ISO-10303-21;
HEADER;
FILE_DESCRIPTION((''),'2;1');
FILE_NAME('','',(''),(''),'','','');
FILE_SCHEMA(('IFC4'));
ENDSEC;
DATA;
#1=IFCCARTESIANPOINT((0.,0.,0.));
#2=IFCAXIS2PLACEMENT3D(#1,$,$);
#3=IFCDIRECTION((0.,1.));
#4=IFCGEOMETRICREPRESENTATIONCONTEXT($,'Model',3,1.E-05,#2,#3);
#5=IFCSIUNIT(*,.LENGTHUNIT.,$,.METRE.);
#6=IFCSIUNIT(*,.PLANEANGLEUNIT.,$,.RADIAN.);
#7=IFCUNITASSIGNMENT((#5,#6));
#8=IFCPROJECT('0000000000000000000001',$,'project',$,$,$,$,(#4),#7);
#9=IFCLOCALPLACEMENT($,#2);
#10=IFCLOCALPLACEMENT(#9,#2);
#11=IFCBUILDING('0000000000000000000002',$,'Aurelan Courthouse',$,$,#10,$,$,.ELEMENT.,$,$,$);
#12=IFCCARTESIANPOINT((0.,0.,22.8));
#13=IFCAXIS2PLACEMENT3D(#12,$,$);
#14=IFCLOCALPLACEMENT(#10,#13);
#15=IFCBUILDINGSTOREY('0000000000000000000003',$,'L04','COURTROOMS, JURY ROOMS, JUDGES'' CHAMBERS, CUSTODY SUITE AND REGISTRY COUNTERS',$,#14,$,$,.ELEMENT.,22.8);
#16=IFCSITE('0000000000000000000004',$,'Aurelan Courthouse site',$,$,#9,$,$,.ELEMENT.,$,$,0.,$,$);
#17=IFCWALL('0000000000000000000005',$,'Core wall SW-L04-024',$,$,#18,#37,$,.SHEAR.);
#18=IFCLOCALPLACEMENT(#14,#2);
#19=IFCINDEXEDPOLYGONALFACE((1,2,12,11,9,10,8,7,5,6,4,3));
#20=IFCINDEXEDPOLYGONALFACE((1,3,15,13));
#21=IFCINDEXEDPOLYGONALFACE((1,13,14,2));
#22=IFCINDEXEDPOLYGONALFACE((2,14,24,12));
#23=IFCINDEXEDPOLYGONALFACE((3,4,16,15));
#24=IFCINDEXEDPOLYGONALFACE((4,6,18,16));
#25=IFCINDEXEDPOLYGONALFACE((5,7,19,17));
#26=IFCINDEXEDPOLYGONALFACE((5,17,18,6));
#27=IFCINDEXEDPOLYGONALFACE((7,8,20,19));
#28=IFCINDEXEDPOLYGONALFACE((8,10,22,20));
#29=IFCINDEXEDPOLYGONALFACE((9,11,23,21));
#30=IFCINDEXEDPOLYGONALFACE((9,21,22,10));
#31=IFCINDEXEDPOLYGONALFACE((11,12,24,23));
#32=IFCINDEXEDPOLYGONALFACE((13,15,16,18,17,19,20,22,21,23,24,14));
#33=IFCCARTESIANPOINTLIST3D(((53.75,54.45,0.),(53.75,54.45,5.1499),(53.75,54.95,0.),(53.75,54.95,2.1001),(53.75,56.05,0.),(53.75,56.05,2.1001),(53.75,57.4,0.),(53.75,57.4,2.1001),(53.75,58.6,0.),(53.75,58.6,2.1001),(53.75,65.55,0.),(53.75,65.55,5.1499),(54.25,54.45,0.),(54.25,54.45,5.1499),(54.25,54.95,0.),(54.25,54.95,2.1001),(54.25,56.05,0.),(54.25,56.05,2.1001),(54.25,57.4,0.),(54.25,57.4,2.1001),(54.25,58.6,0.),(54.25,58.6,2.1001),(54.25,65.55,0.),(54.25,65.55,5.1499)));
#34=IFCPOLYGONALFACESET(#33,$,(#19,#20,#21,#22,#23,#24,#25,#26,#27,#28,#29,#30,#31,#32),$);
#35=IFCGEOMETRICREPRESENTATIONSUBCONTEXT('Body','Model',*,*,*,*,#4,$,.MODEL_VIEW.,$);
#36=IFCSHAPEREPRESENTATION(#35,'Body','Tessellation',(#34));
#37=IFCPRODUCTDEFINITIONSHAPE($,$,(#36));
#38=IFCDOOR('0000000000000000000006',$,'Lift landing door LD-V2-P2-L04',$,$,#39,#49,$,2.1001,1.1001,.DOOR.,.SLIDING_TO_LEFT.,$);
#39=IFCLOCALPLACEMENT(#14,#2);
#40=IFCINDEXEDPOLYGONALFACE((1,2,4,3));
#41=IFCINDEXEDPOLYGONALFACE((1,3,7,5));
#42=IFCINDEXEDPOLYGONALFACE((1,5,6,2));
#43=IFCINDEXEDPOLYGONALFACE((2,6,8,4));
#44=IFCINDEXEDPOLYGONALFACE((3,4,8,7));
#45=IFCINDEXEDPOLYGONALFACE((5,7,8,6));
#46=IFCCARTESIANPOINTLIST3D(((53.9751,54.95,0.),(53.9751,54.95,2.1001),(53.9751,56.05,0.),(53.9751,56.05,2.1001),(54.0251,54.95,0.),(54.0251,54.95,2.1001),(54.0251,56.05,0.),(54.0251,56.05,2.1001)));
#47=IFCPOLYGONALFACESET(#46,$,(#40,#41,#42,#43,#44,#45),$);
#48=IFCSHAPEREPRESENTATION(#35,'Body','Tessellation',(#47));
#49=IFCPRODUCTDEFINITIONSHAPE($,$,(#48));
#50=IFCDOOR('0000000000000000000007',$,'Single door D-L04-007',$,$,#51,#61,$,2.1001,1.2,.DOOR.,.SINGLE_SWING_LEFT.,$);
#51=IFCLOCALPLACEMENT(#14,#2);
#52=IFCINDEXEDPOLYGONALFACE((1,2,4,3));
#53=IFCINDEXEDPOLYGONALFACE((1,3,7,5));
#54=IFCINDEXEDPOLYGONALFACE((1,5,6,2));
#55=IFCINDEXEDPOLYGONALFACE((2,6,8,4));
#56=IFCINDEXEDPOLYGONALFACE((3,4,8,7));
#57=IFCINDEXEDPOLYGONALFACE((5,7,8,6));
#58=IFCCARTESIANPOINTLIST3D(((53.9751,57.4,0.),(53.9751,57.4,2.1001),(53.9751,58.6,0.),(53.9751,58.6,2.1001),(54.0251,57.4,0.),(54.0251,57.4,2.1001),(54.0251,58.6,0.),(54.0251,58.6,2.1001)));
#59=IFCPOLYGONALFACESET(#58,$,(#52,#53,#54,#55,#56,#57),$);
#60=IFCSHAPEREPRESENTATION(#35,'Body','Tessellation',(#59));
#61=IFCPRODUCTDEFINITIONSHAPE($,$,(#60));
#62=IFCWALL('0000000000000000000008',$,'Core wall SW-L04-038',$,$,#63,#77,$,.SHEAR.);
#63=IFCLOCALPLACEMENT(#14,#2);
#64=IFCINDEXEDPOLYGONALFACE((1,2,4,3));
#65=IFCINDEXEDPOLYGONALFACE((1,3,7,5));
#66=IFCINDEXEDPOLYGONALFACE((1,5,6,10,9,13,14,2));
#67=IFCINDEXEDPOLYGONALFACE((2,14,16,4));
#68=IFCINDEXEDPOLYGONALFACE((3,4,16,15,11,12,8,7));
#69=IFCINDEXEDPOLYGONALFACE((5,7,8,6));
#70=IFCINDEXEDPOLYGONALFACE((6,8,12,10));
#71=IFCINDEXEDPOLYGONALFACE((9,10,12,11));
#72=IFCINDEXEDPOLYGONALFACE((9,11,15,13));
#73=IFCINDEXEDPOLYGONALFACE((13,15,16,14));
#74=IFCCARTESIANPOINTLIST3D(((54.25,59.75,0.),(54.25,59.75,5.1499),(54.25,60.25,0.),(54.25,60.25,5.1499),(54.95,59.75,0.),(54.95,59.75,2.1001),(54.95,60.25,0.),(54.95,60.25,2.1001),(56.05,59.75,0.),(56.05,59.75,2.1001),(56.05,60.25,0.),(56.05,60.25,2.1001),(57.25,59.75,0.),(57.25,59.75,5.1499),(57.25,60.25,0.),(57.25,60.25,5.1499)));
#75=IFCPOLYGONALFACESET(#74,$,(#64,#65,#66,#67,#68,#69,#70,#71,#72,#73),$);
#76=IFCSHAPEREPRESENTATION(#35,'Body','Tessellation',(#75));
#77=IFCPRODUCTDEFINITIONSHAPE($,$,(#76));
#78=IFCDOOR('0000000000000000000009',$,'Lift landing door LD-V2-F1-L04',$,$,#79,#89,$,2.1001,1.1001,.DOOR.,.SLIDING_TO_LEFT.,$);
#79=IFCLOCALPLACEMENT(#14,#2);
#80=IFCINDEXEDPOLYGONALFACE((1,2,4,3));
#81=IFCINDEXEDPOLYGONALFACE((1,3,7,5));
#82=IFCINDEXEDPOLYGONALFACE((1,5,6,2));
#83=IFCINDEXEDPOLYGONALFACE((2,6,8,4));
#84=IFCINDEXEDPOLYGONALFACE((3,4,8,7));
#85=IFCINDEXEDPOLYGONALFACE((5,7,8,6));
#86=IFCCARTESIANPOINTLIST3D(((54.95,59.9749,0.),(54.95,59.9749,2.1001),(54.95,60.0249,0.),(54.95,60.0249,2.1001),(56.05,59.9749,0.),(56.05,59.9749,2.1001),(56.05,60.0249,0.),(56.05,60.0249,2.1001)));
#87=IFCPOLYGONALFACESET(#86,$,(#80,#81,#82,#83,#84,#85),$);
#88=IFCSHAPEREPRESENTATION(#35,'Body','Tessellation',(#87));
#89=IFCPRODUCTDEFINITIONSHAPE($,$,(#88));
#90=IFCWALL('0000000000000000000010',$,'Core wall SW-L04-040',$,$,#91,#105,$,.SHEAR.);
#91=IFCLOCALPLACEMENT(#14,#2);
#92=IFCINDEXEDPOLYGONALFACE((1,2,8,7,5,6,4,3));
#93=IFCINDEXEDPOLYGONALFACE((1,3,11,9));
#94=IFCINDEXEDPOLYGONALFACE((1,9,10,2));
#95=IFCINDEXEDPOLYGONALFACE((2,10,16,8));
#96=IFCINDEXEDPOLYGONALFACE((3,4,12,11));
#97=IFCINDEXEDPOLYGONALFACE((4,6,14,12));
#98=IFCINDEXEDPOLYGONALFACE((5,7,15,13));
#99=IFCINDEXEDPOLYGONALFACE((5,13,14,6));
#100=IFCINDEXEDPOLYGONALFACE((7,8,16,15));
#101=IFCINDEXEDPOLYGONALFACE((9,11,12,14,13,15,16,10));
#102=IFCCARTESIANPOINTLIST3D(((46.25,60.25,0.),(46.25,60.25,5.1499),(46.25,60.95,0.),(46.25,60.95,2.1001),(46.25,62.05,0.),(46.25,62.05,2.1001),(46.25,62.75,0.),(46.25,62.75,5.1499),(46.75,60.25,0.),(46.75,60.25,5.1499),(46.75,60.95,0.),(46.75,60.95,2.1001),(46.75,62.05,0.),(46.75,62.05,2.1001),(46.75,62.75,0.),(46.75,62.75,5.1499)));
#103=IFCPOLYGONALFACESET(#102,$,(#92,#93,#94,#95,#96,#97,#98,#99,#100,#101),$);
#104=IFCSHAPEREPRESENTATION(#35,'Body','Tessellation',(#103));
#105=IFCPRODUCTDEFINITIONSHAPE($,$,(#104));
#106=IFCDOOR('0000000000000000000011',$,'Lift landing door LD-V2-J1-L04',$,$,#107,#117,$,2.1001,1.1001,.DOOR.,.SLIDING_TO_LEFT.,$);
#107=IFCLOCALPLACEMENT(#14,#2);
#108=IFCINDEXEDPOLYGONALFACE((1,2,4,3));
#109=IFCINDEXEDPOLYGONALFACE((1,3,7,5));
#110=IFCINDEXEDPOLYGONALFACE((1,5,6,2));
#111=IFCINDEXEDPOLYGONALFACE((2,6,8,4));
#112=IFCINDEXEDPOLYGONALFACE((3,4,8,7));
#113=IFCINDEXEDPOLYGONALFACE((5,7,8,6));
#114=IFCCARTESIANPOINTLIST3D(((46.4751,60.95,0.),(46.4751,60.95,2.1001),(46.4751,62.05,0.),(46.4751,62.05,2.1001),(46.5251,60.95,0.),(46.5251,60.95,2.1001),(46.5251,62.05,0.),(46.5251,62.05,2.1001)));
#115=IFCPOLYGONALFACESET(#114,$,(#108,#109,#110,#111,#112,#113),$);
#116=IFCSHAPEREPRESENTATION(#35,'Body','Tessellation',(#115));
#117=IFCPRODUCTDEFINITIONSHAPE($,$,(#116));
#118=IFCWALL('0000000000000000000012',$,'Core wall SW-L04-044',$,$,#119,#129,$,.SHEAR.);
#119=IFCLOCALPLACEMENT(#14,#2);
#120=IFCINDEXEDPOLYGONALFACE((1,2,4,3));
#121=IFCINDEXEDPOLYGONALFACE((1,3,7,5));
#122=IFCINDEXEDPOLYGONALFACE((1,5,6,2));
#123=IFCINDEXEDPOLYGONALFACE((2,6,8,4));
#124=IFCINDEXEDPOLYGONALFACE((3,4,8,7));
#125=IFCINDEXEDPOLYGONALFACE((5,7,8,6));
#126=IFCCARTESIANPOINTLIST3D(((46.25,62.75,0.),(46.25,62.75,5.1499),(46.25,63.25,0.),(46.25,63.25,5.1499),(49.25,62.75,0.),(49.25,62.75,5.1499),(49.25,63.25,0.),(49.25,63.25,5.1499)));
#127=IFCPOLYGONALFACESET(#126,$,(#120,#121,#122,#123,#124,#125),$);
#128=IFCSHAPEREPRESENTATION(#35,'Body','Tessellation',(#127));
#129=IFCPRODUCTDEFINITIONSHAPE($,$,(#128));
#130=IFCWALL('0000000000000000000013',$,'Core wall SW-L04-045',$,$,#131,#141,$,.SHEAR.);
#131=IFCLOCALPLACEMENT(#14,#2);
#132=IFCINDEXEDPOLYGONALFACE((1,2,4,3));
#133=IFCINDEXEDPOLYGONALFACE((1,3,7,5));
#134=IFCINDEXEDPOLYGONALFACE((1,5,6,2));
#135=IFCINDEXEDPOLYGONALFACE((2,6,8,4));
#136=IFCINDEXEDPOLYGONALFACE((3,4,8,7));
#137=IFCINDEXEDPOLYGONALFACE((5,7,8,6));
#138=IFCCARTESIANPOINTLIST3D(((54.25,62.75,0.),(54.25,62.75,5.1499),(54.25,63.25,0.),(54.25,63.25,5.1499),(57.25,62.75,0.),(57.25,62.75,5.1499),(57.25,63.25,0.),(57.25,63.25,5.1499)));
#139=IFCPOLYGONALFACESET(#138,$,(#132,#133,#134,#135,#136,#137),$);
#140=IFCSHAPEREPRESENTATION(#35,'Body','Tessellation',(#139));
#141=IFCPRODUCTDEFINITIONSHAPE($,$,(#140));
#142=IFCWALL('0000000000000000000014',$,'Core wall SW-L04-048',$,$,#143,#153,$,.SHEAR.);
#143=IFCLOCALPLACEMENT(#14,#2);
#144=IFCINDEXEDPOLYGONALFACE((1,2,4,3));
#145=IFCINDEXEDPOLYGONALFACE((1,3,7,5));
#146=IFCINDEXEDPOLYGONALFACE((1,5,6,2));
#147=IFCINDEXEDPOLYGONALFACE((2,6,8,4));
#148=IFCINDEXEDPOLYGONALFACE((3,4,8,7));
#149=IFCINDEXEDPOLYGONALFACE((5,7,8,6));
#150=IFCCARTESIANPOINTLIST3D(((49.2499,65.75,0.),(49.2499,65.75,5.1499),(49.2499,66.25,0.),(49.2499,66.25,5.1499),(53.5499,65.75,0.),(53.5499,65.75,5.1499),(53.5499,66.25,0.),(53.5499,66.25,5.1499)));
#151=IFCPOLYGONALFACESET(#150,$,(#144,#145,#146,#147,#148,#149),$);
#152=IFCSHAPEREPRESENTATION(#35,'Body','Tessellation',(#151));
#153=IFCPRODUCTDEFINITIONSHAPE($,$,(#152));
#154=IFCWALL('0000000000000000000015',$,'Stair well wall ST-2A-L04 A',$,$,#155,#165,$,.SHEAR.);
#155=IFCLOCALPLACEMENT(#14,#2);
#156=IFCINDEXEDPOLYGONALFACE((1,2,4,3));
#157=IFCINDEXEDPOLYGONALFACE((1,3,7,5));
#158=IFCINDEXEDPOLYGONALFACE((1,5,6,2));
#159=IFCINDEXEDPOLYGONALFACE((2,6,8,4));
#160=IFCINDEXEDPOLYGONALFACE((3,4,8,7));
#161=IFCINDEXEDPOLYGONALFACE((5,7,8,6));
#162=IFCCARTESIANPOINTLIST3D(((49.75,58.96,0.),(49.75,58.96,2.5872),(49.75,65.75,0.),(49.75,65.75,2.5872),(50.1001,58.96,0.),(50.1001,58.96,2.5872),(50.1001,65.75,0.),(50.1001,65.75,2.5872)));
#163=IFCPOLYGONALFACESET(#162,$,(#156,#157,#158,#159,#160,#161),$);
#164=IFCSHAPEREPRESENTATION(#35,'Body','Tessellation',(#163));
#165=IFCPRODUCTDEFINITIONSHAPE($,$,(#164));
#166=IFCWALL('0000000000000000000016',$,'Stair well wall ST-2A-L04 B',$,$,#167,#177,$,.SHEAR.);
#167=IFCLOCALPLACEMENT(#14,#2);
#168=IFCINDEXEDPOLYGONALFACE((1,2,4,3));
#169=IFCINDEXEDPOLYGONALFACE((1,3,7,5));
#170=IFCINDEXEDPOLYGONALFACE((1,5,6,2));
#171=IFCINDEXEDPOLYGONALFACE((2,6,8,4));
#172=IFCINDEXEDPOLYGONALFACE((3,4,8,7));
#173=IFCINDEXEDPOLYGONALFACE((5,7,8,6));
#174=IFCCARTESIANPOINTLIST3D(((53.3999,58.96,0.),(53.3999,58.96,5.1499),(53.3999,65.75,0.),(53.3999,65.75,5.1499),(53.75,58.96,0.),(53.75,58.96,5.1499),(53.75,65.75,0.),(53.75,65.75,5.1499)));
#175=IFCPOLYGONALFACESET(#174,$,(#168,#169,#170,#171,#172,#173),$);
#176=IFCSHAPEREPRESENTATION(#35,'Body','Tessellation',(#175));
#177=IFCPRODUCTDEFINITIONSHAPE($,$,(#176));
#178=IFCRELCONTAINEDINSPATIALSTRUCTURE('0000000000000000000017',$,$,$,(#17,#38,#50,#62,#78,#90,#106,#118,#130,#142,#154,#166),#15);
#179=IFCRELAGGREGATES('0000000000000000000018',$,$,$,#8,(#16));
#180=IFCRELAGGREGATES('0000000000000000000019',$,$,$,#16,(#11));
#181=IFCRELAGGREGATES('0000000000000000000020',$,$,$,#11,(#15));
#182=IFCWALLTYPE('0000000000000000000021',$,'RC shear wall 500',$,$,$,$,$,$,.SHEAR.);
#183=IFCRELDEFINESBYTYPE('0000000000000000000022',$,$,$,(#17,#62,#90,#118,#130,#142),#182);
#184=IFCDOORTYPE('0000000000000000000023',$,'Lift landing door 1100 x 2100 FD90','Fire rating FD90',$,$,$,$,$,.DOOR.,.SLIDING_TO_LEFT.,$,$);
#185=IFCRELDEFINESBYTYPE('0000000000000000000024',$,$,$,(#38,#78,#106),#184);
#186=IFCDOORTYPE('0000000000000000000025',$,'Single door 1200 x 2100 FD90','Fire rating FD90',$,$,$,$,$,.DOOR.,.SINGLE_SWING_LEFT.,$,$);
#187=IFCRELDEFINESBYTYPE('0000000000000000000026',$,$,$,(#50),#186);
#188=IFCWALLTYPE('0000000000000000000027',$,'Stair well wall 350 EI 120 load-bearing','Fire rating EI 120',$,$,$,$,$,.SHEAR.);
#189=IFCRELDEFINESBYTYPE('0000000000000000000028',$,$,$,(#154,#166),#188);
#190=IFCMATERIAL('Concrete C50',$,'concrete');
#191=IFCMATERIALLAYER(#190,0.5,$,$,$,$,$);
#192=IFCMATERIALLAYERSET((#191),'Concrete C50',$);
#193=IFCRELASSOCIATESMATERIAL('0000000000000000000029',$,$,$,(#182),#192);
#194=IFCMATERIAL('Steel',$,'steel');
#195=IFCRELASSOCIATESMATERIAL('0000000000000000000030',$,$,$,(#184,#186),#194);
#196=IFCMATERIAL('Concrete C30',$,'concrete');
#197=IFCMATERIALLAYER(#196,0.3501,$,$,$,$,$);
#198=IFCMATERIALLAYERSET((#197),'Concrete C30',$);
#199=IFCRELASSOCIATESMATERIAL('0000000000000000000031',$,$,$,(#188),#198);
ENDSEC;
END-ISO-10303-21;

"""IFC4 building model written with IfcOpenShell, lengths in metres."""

from ifc_helpers import new_model, si_unit, direction, frame, frame_2d, origin, place, context, subcontext, project, spatial, rectangle, extrude, material, layer, layer_set, type_object, element, fill, save


model = new_model("IFC4")

# Units and contexts
model_context = context("Model", 3, precision=1e-05, world=origin(), true_north=direction((0.0, 1.0)))
body_context = subcontext(model_context, "Body", "Model", "MODEL_VIEW")
ifc_project = project(units=[si_unit("LENGTHUNIT", "METRE"), si_unit("PLANEANGLEUNIT", "RADIAN")], contexts=[model_context])

# Site, building, storey
site_placement = place(None, origin())
site = spatial("IfcSite", under=ifc_project, at=site_placement, Name="Aurelan Courthouse site", CompositionType="ELEMENT", RefElevation=0.0)
building_placement = place(site_placement, origin())
building = spatial("IfcBuilding", under=site, at=building_placement, Name="Aurelan Courthouse", CompositionType="ELEMENT")
storey_placement = place(building_placement, frame((0.0, 0.0, 22.8)))
storey = spatial("IfcBuildingStorey", under=building, at=storey_placement, Name="L04", Description="COURTROOMS, JURY ROOMS, JUDGES' CHAMBERS, CUSTODY SUITE AND REGISTRY COUNTERS", CompositionType="ELEMENT", Elevation=22.8)

# Shared definitions
ifc_material_1 = material(Name="Concrete C50", Category="concrete")

# Shared definitions
ifc_material_2 = material(Name="Steel", Category="steel")

# Shared definitions
ifc_layer_1 = layer(ifc_material_1, 0.5)
ifc_layer_set_1 = layer_set([ifc_layer_1], Name="Concrete C50")
wall_type_1 = type_object("IfcWallType", Name="RC shear wall 500", PredefinedType="SHEAR", material=ifc_layer_set_1)

# Wall, openings, doors
door_type_1 = type_object("IfcDoorType", Name="Lift landing door 1100 x 2100 FD90", Description="Fire rating FD90", OperationType="SLIDING_TO_LEFT", PredefinedType="DOOR", material=ifc_material_2)
door_type_2 = type_object("IfcDoorType", Name="Single door 1200 x 2100 FD90", Description="Fire rating FD90", OperationType="SINGLE_SWING_LEFT", PredefinedType="DOOR", material=ifc_material_2)
wall_1_placement = place(storey_placement, frame((54.0, 54.45, 0.0), z_axis=(0.0, 0.0, 1.0), x_axis=(0.0, 1.0, 0.0)))
wall_1 = element("IfcWall", 1, at=wall_1_placement, inside=storey, type_object=wall_type_1, Name="Core wall SW-L04-024", PredefinedType="SHEAR", context=body_context, shape_type="SweptSolid", body=[
    extrude(rectangle(XDim=11.1001, YDim=0.5, at=frame_2d((5.55, 0.0))), origin(), (0.0, 0.0, 1.0), 5.1499),
])
opening_1_placement = place(wall_1_placement, frame((0.5, 0.0, 0.0)))
opening_1 = element("IfcOpeningElement", 2, at=opening_1_placement, cuts=wall_1, PredefinedType="OPENING", context=body_context, shape_type="SweptSolid", body=[
    extrude(rectangle(XDim=1.1001, YDim=2.1001, at=frame_2d((0.55, 1.05))), frame((0.0, 0.26, 0.0), z_axis=(0.0, -1.0, 0.0), x_axis=(1.0, 0.0, 0.0)), (0.0, 0.0, 1.0), 0.52),
])
opening_2_placement = place(wall_1_placement, frame((2.95, 0.0, 0.0)))
opening_2 = element("IfcOpeningElement", 3, at=opening_2_placement, cuts=wall_1, PredefinedType="OPENING", context=body_context, shape_type="SweptSolid", body=[
    extrude(rectangle(XDim=1.2, YDim=2.1001, at=frame_2d((0.6001, 1.05))), frame((0.0, 0.26, 0.0), z_axis=(0.0, -1.0, 0.0), x_axis=(1.0, 0.0, 0.0)), (0.0, 0.0, 1.0), 0.52),
])
door_1_placement = place(opening_1_placement, origin())
door_1 = element("IfcDoor", 4, at=door_1_placement, inside=storey, type_object=door_type_1, Name="Lift landing door LD-V2-P2-L04", OperationType="SLIDING_TO_LEFT", OverallHeight=2.1001, OverallWidth=1.1001, PredefinedType="DOOR", context=body_context, shape_type="SweptSolid", body=[
    extrude(rectangle(XDim=1.1001, YDim=2.1001, at=frame_2d((0.55, 1.05))), frame((0.0, 0.0249, 0.0), z_axis=(0.0, -1.0, 0.0), x_axis=(1.0, 0.0, 0.0)), (0.0, 0.0, 1.0), 0.05),
])
fill(opening_1, door_1)
door_2_placement = place(opening_2_placement, origin())
door_2 = element("IfcDoor", 5, at=door_2_placement, inside=storey, type_object=door_type_2, Name="Single door D-L04-007", OperationType="SINGLE_SWING_LEFT", OverallHeight=2.1001, OverallWidth=1.2, PredefinedType="DOOR", context=body_context, shape_type="SweptSolid", body=[
    extrude(rectangle(XDim=1.2, YDim=2.1001, at=frame_2d((0.6001, 1.05))), frame((0.0, 0.0249, 0.0), z_axis=(0.0, -1.0, 0.0), x_axis=(1.0, 0.0, 0.0)), (0.0, 0.0, 1.0), 0.05),
])
fill(opening_2, door_2)

# Walls, openings, doors
wall_2_placement = place(storey_placement, frame((54.25, 60.0, 0.0), z_axis=(0.0, 0.0, 1.0), x_axis=(1.0, 0.0, 0.0)))
wall_2 = element("IfcWall", 6, at=wall_2_placement, inside=storey, type_object=wall_type_1, Name="Core wall SW-L04-038", PredefinedType="SHEAR", context=body_context, shape_type="SweptSolid", body=[
    extrude(rectangle(XDim=3.0, YDim=0.5, at=frame_2d((1.5, 0.0))), origin(), (0.0, 0.0, 1.0), 5.1499),
])
opening_3_placement = place(wall_2_placement, frame((0.7, 0.0, 0.0)))
opening_3 = element("IfcOpeningElement", 7, at=opening_3_placement, cuts=wall_2, PredefinedType="OPENING", context=body_context, shape_type="SweptSolid", body=[
    extrude(rectangle(XDim=1.1001, YDim=2.1001, at=frame_2d((0.55, 1.05))), frame((0.0, 0.26, 0.0), z_axis=(0.0, -1.0, 0.0), x_axis=(1.0, 0.0, 0.0)), (0.0, 0.0, 1.0), 0.52),
])
door_3_placement = place(opening_3_placement, origin())
door_3 = element("IfcDoor", 8, at=door_3_placement, inside=storey, type_object=door_type_1, Name="Lift landing door LD-V2-F1-L04", OperationType="SLIDING_TO_LEFT", OverallHeight=2.1001, OverallWidth=1.1001, PredefinedType="DOOR", context=body_context, shape_type="SweptSolid", body=[
    extrude(rectangle(XDim=1.1001, YDim=2.1001, at=frame_2d((0.55, 1.05))), frame((0.0, 0.0249, 0.0), z_axis=(0.0, -1.0, 0.0), x_axis=(1.0, 0.0, 0.0)), (0.0, 0.0, 1.0), 0.05),
])
fill(opening_3, door_3)
wall_3_placement = place(storey_placement, frame((46.5, 60.25, 0.0), z_axis=(0.0, 0.0, 1.0), x_axis=(0.0, 1.0, 0.0)))
wall_3 = element("IfcWall", 9, at=wall_3_placement, inside=storey, type_object=wall_type_1, Name="Core wall SW-L04-040", PredefinedType="SHEAR", context=body_context, shape_type="SweptSolid", body=[
    extrude(rectangle(XDim=2.5, YDim=0.5, at=frame_2d((1.25, 0.0))), origin(), (0.0, 0.0, 1.0), 5.1499),
])
opening_4_placement = place(wall_3_placement, frame((0.7, 0.0, 0.0)))
opening_4 = element("IfcOpeningElement", 10, at=opening_4_placement, cuts=wall_3, PredefinedType="OPENING", context=body_context, shape_type="SweptSolid", body=[
    extrude(rectangle(XDim=1.1001, YDim=2.1001, at=frame_2d((0.55, 1.05))), frame((0.0, 0.26, 0.0), z_axis=(0.0, -1.0, 0.0), x_axis=(1.0, 0.0, 0.0)), (0.0, 0.0, 1.0), 0.52),
])
door_4_placement = place(opening_4_placement, origin())
door_4 = element("IfcDoor", 11, at=door_4_placement, inside=storey, type_object=door_type_1, Name="Lift landing door LD-V2-J1-L04", OperationType="SLIDING_TO_LEFT", OverallHeight=2.1001, OverallWidth=1.1001, PredefinedType="DOOR", context=body_context, shape_type="SweptSolid", body=[
    extrude(rectangle(XDim=1.1001, YDim=2.1001, at=frame_2d((0.55, 1.05))), frame((0.0, 0.0249, 0.0), z_axis=(0.0, -1.0, 0.0), x_axis=(1.0, 0.0, 0.0)), (0.0, 0.0, 1.0), 0.05),
])
fill(opening_4, door_4)

# Walls
for number, where, z_axis, x_axis, name in (
    (12, (46.25, 63.0, 0.0), (0.0, 0.0, 1.0), (1.0, 0.0, 0.0), "Core wall SW-L04-044"),
    (13, (54.25, 63.0, 0.0), (0.0, 0.0, 1.0), (1.0, 0.0, 0.0), "Core wall SW-L04-045"),
):
    element("IfcWall", number, at=place(storey_placement, frame(where, z_axis=z_axis, x_axis=x_axis)), inside=storey, type_object=wall_type_1, Name=name, PredefinedType="SHEAR", context=body_context, shape_type="SweptSolid", body=[
        extrude(rectangle(XDim=3.0, YDim=0.5, at=frame_2d((1.5, 0.0))), origin(), (0.0, 0.0, 1.0), 5.1499),
    ])
wall_4_placement = place(storey_placement, frame((49.25, 66.0, 0.0), z_axis=(0.0, 0.0, 1.0), x_axis=(1.0, 0.0, 0.0)))
element("IfcWall", 14, at=wall_4_placement, inside=storey, type_object=wall_type_1, Name="Core wall SW-L04-048", PredefinedType="SHEAR", context=body_context, shape_type="SweptSolid", body=[
    extrude(rectangle(XDim=4.3, YDim=0.5, at=frame_2d((2.1499, 0.0))), origin(), (0.0, 0.0, 1.0), 5.1499),
])
ifc_material_3 = material(Name="Concrete C30", Category="concrete")
ifc_layer_2 = layer(ifc_material_3, 0.3501)
ifc_layer_set_2 = layer_set([ifc_layer_2], Name="Concrete C30")
wall_type_2 = type_object("IfcWallType", Name="Stair well wall 350 EI 120 load-bearing", Description="Fire rating EI 120", PredefinedType="SHEAR", material=ifc_layer_set_2)
wall_5_placement = place(storey_placement, frame((49.925, 58.96, 0.0), z_axis=(0.0, 0.0, 1.0), x_axis=(0.0, 1.0, 0.0)))
element("IfcWall", 15, at=wall_5_placement, inside=storey, type_object=wall_type_2, Name="Stair well wall ST-2A-L04 A", PredefinedType="SHEAR", context=body_context, shape_type="SweptSolid", body=[
    extrude(rectangle(XDim=6.79, YDim=0.3501, at=frame_2d((3.395, 0.0))), origin(), (0.0, 0.0, 1.0), 2.5872),
])
wall_6_placement = place(storey_placement, frame((53.575, 58.96, 0.0), z_axis=(0.0, 0.0, 1.0), x_axis=(0.0, 1.0, 0.0)))
element("IfcWall", 16, at=wall_6_placement, inside=storey, type_object=wall_type_2, Name="Stair well wall ST-2A-L04 B", PredefinedType="SHEAR", context=body_context, shape_type="SweptSolid", body=[
    extrude(rectangle(XDim=6.79, YDim=0.3501, at=frame_2d((3.395, 0.0))), origin(), (0.0, 0.0, 1.0), 5.1499),
])

save(model, "model.ifc")
